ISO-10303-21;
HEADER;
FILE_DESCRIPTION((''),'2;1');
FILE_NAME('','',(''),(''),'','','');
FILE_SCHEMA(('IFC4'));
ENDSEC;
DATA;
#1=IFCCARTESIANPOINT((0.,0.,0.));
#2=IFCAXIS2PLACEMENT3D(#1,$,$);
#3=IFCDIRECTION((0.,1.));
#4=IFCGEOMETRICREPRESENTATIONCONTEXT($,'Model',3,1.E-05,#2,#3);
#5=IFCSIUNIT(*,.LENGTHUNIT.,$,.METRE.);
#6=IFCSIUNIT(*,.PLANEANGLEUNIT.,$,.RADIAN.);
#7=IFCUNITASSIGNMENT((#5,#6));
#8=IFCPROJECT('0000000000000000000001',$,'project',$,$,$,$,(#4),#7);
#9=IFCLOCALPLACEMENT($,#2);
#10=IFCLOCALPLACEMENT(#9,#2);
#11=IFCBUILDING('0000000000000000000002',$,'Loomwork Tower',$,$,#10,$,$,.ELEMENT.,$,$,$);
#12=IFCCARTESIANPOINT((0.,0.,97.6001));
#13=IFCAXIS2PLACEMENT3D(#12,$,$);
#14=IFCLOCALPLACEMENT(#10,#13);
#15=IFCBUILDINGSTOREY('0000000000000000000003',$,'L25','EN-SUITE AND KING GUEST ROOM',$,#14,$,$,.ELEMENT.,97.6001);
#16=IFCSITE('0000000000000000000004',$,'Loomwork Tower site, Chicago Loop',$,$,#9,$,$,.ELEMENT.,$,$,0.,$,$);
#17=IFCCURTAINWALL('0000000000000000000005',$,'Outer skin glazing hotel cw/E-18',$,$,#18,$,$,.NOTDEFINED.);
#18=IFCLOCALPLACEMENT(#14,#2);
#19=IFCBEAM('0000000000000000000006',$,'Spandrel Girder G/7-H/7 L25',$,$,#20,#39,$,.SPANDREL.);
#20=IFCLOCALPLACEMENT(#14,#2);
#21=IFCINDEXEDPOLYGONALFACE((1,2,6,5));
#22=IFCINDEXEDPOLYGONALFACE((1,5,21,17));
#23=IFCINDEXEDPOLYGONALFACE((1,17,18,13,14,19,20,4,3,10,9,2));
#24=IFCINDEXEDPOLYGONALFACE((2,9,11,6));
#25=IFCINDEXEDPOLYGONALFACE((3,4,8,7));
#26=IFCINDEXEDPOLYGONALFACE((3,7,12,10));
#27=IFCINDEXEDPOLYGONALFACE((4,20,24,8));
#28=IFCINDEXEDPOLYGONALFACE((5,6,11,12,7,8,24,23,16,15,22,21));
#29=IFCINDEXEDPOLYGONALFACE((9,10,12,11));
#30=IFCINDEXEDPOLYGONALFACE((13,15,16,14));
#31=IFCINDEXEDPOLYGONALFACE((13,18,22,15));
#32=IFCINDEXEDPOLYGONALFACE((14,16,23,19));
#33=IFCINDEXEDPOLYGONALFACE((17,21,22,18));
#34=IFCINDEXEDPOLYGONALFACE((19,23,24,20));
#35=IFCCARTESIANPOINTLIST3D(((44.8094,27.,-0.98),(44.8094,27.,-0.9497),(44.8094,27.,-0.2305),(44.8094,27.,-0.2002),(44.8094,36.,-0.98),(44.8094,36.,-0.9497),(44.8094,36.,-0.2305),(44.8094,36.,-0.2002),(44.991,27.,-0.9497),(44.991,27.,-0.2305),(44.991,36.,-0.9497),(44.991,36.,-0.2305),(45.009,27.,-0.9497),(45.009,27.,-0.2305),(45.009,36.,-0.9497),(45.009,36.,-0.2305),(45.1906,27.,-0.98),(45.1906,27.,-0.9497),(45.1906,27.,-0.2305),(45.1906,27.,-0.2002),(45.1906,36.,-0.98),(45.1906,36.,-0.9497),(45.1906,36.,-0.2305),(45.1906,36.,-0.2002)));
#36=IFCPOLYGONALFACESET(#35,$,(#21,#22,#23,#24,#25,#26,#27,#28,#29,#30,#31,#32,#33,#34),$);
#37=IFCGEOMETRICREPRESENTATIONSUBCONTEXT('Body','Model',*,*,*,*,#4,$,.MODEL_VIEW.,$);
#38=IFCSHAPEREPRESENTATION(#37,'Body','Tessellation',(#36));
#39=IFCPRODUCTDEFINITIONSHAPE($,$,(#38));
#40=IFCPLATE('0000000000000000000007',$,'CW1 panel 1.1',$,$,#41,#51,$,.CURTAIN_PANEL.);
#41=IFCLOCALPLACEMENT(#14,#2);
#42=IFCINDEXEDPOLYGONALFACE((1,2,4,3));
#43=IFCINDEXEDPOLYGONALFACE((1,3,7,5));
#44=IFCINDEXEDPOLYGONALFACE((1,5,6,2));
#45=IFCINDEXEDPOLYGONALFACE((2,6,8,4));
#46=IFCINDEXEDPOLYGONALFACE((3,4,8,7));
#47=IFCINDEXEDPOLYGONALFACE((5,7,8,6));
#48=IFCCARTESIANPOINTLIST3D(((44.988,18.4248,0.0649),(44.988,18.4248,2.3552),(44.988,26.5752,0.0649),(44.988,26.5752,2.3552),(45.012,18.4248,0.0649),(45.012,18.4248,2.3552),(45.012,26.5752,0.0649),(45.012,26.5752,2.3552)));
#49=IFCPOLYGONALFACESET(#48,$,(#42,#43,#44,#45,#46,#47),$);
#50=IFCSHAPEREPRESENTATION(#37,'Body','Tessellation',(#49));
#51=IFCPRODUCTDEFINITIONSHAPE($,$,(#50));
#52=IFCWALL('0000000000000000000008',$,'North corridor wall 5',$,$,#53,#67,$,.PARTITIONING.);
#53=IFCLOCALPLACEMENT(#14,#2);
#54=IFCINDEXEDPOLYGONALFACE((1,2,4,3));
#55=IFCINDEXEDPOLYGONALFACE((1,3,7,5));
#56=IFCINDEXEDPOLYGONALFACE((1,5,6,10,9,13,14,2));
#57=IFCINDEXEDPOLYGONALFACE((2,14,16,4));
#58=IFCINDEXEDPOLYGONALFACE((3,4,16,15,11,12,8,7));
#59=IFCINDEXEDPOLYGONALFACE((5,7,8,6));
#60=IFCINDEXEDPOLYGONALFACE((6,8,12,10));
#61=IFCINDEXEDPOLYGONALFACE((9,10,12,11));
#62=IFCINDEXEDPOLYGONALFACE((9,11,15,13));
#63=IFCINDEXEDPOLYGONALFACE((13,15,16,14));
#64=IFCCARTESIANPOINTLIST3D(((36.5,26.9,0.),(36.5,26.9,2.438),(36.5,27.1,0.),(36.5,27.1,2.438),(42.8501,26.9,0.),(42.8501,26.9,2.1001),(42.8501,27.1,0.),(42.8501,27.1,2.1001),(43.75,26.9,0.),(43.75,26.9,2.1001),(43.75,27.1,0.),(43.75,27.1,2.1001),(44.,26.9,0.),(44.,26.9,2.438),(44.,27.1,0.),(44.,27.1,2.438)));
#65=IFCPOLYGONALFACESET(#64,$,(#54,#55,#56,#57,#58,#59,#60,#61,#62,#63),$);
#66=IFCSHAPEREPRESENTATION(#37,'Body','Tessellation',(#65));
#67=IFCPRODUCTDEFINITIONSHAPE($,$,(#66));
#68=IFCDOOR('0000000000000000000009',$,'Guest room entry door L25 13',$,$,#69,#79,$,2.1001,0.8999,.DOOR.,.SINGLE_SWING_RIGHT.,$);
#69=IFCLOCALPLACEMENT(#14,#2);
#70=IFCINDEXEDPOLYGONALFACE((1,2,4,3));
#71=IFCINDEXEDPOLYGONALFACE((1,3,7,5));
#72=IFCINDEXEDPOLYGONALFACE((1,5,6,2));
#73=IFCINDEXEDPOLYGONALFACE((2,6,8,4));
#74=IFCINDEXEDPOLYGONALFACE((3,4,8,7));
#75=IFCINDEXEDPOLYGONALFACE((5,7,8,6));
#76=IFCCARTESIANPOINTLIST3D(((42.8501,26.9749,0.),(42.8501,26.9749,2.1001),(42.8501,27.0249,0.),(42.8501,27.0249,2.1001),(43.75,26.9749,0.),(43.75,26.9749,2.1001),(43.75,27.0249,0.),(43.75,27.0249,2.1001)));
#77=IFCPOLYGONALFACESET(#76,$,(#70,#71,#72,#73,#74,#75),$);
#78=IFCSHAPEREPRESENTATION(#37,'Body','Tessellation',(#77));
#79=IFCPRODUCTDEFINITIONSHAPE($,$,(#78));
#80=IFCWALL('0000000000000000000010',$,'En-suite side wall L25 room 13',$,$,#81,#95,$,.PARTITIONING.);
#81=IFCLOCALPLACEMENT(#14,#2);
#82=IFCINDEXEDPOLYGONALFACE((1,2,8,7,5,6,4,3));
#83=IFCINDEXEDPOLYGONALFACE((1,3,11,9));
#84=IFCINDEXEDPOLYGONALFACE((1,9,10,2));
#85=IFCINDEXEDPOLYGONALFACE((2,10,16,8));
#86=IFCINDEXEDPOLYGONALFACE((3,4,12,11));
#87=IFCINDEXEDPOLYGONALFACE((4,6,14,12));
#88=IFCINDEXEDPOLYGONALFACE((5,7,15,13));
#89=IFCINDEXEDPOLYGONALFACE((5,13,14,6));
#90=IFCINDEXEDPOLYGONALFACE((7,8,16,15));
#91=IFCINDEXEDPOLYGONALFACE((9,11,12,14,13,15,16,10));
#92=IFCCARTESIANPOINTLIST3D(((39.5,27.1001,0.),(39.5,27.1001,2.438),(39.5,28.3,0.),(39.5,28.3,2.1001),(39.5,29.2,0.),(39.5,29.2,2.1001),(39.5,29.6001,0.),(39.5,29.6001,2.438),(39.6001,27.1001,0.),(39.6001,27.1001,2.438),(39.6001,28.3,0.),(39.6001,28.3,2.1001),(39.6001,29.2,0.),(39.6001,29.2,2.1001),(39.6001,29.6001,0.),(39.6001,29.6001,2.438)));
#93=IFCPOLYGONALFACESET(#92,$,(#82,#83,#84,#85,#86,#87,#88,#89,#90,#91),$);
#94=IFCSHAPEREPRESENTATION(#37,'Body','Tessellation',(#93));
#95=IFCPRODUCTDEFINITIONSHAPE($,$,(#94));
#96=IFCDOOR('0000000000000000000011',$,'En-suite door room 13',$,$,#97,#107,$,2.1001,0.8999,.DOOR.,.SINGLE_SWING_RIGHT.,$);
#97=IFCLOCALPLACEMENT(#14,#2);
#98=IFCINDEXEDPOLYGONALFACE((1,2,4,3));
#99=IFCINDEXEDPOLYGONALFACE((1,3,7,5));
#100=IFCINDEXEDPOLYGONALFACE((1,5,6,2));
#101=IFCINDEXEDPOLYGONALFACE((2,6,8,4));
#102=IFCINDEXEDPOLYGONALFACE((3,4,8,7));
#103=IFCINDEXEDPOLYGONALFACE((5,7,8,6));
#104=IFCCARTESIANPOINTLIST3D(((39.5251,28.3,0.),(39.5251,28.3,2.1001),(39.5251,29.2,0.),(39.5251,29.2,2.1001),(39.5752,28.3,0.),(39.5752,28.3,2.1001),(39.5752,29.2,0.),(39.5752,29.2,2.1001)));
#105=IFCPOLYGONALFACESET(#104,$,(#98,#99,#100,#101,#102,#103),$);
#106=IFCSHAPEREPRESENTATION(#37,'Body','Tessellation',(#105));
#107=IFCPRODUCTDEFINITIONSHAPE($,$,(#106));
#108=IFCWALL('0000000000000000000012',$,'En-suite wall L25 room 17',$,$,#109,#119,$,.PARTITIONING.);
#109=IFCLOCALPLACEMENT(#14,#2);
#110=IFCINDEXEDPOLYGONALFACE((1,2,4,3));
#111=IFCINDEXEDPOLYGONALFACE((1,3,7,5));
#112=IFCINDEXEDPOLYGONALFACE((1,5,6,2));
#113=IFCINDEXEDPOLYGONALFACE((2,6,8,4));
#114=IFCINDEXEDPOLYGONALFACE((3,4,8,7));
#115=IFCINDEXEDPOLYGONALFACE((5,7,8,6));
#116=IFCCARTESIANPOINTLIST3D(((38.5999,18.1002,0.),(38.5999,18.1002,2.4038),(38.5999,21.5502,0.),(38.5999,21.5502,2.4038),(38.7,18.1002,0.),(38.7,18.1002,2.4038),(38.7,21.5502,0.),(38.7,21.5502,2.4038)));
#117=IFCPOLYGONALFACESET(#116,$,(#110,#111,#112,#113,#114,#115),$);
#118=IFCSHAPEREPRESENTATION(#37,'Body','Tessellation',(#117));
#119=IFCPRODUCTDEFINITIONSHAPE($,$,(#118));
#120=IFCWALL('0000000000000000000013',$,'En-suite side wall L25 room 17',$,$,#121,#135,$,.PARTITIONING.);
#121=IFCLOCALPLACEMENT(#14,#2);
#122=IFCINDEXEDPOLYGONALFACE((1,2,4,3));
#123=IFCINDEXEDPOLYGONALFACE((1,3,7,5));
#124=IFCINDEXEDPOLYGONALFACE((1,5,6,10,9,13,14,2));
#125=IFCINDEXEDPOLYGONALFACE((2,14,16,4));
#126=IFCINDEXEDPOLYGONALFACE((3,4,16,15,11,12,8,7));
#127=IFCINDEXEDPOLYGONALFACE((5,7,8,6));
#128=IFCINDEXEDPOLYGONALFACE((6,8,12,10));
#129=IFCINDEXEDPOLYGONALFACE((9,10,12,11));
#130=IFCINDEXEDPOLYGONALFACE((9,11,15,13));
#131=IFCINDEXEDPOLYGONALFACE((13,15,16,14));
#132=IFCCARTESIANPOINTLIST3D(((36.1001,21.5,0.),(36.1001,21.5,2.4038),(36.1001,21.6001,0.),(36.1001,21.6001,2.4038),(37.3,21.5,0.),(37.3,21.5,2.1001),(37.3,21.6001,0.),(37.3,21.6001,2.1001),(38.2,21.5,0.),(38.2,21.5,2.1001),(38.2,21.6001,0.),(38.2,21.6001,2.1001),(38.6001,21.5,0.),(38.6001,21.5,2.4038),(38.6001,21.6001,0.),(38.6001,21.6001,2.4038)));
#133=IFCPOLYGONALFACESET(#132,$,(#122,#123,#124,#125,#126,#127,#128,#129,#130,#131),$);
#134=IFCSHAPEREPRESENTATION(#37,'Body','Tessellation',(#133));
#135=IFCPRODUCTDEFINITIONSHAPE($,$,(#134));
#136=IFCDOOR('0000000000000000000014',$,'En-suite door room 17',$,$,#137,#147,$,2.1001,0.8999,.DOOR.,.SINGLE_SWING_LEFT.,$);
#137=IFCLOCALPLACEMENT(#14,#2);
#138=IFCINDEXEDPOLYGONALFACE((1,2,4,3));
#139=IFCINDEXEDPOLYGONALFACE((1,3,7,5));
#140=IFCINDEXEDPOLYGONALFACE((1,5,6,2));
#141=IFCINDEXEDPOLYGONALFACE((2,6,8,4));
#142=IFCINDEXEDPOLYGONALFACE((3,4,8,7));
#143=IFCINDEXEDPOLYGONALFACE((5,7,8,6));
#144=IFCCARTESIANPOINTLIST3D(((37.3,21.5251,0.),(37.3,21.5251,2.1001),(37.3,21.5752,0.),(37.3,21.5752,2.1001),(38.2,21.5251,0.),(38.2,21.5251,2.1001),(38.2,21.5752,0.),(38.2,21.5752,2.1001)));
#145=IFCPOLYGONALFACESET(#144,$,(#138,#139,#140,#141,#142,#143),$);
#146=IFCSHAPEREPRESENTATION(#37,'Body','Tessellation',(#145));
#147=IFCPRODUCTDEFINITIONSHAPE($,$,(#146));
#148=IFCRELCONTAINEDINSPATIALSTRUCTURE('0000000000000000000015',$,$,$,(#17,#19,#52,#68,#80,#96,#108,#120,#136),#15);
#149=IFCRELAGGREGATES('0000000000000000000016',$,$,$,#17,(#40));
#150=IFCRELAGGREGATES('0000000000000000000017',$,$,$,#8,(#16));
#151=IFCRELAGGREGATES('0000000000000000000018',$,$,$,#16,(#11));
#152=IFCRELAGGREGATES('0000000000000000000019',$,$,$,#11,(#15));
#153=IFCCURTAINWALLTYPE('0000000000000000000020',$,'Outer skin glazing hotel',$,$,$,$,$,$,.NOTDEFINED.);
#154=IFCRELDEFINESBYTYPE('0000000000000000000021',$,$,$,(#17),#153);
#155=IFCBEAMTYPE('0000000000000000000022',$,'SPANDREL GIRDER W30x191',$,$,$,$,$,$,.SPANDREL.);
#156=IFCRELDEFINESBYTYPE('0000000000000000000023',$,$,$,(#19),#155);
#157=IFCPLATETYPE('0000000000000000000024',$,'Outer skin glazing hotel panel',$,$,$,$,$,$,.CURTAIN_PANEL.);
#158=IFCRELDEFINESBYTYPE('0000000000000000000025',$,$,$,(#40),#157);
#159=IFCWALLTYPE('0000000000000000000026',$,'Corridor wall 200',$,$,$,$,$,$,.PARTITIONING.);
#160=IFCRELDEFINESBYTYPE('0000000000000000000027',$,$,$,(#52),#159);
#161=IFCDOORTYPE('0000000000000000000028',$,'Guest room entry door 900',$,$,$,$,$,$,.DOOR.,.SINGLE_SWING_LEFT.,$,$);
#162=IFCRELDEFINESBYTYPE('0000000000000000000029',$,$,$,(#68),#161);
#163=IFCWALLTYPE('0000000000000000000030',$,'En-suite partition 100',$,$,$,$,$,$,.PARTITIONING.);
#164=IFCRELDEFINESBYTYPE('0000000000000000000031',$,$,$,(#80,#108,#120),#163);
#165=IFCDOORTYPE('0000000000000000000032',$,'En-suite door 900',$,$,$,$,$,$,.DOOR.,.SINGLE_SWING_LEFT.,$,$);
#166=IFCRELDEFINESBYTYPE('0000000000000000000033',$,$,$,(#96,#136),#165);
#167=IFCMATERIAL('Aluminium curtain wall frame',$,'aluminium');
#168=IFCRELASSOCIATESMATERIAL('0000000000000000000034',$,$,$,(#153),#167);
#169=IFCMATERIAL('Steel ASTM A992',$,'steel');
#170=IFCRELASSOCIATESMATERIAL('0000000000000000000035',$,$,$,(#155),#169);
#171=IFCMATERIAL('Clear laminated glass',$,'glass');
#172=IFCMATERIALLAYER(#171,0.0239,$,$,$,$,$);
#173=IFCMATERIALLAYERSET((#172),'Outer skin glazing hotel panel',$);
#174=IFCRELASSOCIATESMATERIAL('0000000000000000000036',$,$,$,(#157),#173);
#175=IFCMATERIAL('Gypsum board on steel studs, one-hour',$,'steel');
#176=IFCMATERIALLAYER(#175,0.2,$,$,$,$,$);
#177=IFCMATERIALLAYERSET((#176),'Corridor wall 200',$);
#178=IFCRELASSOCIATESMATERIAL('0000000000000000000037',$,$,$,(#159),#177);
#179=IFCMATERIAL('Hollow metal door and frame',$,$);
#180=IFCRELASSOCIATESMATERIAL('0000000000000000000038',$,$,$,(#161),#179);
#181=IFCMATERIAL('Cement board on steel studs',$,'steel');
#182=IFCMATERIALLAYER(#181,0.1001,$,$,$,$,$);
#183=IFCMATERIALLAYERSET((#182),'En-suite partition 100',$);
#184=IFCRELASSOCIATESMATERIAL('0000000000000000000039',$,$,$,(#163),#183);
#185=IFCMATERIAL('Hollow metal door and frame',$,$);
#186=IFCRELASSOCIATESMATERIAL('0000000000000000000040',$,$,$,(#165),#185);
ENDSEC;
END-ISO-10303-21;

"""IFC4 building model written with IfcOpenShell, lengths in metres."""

from ifc_helpers import new_model, si_unit, direction, frame, frame_2d, origin, origin_2d, place, context, subcontext, project, spatial, rectangle, i_section, extrude, material, layer, layer_set, material_profile, profile_set, type_object, element, fill, aggregate, save


model = new_model("IFC4")

# Units and contexts
model_context = context("Model", 3, precision=1e-05, world=origin(), true_north=direction((0.0, 1.0)))
body_context = subcontext(model_context, "Body", "Model", "MODEL_VIEW")
ifc_project = project(units=[si_unit("LENGTHUNIT", "METRE"), si_unit("PLANEANGLEUNIT", "RADIAN")], contexts=[model_context])

# Site, building, storey
site_placement = place(None, origin())
site = spatial("IfcSite", under=ifc_project, at=site_placement, Name="Loomwork Tower site, Chicago Loop", CompositionType="ELEMENT", RefElevation=0.0)
building_placement = place(site_placement, origin())
building = spatial("IfcBuilding", under=site, at=building_placement, Name="Loomwork Tower", CompositionType="ELEMENT")
storey_placement = place(building_placement, frame((0.0, 0.0, 97.6001)))
storey = spatial("IfcBuildingStorey", under=building, at=storey_placement, Name="L25", Description="EN-SUITE AND KING GUEST ROOM", CompositionType="ELEMENT", Elevation=97.6001)

# Curtain wall
ifc_material_1 = material(Name="Aluminium curtain wall frame", Category="aluminium")
curtain_wall_type = type_object("IfcCurtainWallType", Name="Outer skin glazing hotel", PredefinedType="NOTDEFINED", material=ifc_material_1)
curtain_wall_1_placement = place(storey_placement, origin())
curtain_wall_1 = element("IfcCurtainWall", 1, at=curtain_wall_1_placement, inside=storey, type_object=curtain_wall_type, Name="Outer skin glazing hotel cw/E-18", PredefinedType="NOTDEFINED")

# Beam
ifc_material_2 = material(Name="Steel ASTM A992", Category="steel")
ifc_material_profile_1 = material_profile(ifc_material_2, i_section(OverallWidth=0.3811, OverallDepth=0.7798, WebThickness=0.0181, FlangeThickness=0.0303, at=origin_2d()), Name="W30x191")
ifc_profile_set_1 = profile_set([ifc_material_profile_1], Name="Steel ASTM A992")
beam_type_1 = type_object("IfcBeamType", Name="SPANDREL GIRDER W30x191", PredefinedType="SPANDREL", material=ifc_profile_set_1)
for number, where, z_axis, x_axis, name in (
    (2, (45.0, 27.0, -0.5901), (0.0, 1.0, 0.0), (-1.0, 0.0, 0.0), "Spandrel Girder G/7-H/7 L25"),
):
    element("IfcBeam", number, at=place(storey_placement, frame(where, z_axis=z_axis, x_axis=x_axis)), inside=storey, type_object=beam_type_1, Name=name, PredefinedType="SPANDREL", context=body_context, shape_type="SweptSolid", body=[
        extrude(i_section(OverallWidth=0.3811, OverallDepth=0.7798, WebThickness=0.0181, FlangeThickness=0.0303, at=origin_2d()), origin(), (0.0, 0.0, 1.0), 9.0),
    ])

# Plate
ifc_material_3 = material(Name="Clear laminated glass", Category="glass")
ifc_layer_1 = layer(ifc_material_3, 0.0239)
ifc_layer_set_1 = layer_set([ifc_layer_1], Name="Outer skin glazing hotel panel")
plate_type = type_object("IfcPlateType", Name="Outer skin glazing hotel panel", PredefinedType="CURTAIN_PANEL", material=ifc_layer_set_1)
plate_placement = place(storey_placement, frame((45.0, 22.5, 0.0649), z_axis=(0.0, 0.0, 1.0), x_axis=(0.0, 1.0, 0.0)))
plate = element("IfcPlate", 3, at=plate_placement, type_object=plate_type, Name="CW1 panel 1.1", PredefinedType="CURTAIN_PANEL", context=body_context, shape_type="SweptSolid", body=[
    extrude(rectangle(XDim=8.1504, YDim=0.0239, at=origin_2d()), origin(), (0.0, 0.0, 1.0), 2.2903),
])
aggregate(curtain_wall_1, [plate])

# Walls, openings, doors
ifc_material_4 = material(Name="Gypsum board on steel studs, one-hour", Category="steel")
ifc_layer_2 = layer(ifc_material_4, 0.2)
ifc_layer_set_2 = layer_set([ifc_layer_2], Name="Corridor wall 200")
wall_type_1 = type_object("IfcWallType", Name="Corridor wall 200", PredefinedType="PARTITIONING", material=ifc_layer_set_2)
wall_1_placement = place(storey_placement, frame((36.5, 27.0, 0.0), z_axis=(0.0, 0.0, 1.0), x_axis=(1.0, 0.0, 0.0)))
wall_1 = element("IfcWall", 4, at=wall_1_placement, inside=storey, type_object=wall_type_1, Name="North corridor wall 5", PredefinedType="PARTITIONING", context=body_context, shape_type="SweptSolid", body=[
    extrude(rectangle(XDim=7.5, YDim=0.2, at=frame_2d((3.75, 0.0))), origin(), (0.0, 0.0, 1.0), 2.438),
])
opening_1_placement = place(wall_1_placement, frame((6.3501, 0.0, 0.0)))
opening_1 = element("IfcOpeningElement", 5, at=opening_1_placement, cuts=wall_1, PredefinedType="OPENING", context=body_context, shape_type="SweptSolid", body=[
    extrude(rectangle(XDim=0.8999, YDim=2.1001, at=frame_2d((0.45, 1.05))), frame((0.0, 0.1099, 0.0), z_axis=(0.0, -1.0, 0.0), x_axis=(1.0, 0.0, 0.0)), (0.0, 0.0, 1.0), 0.22),
])
ifc_material_5 = material(Name="Hollow metal door and frame")
door_type_1 = type_object("IfcDoorType", Name="Guest room entry door 900", OperationType="SINGLE_SWING_LEFT", PredefinedType="DOOR", material=ifc_material_5)
door_1_placement = place(opening_1_placement, origin())
door_1 = element("IfcDoor", 6, at=door_1_placement, inside=storey, type_object=door_type_1, Name="Guest room entry door L25 13", OperationType="SINGLE_SWING_RIGHT", OverallHeight=2.1001, OverallWidth=0.8999, PredefinedType="DOOR", context=body_context, shape_type="SweptSolid", body=[
    extrude(rectangle(XDim=0.8999, YDim=2.1001, at=frame_2d((0.45, 1.05))), frame((0.0, 0.0249, 0.0), z_axis=(0.0, -1.0, 0.0), x_axis=(1.0, 0.0, 0.0)), (0.0, 0.0, 1.0), 0.05),
])
fill(opening_1, door_1)
ifc_material_6 = material(Name="Cement board on steel studs", Category="steel")
ifc_layer_3 = layer(ifc_material_6, 0.1001)
ifc_layer_set_3 = layer_set([ifc_layer_3], Name="En-suite partition 100")
wall_type_2 = type_object("IfcWallType", Name="En-suite partition 100", PredefinedType="PARTITIONING", material=ifc_layer_set_3)
wall_2_placement = place(storey_placement, frame((39.55, 27.1001, 0.0), z_axis=(0.0, 0.0, 1.0), x_axis=(0.0, 1.0, 0.0)))
wall_2 = element("IfcWall", 7, at=wall_2_placement, inside=storey, type_object=wall_type_2, Name="En-suite side wall L25 room 13", PredefinedType="PARTITIONING", context=body_context, shape_type="SweptSolid", body=[
    extrude(rectangle(XDim=2.5, YDim=0.1001, at=frame_2d((1.25, 0.0))), origin(), (0.0, 0.0, 1.0), 2.438),
])
opening_2_placement = place(wall_2_placement, frame((1.2, 0.0, 0.0)))
opening_2 = element("IfcOpeningElement", 8, at=opening_2_placement, cuts=wall_2, PredefinedType="OPENING", context=body_context, shape_type="SweptSolid", body=[
    extrude(rectangle(XDim=0.8999, YDim=2.1001, at=frame_2d((0.45, 1.05))), frame((0.0, 0.0601, 0.0), z_axis=(0.0, -1.0, 0.0), x_axis=(1.0, 0.0, 0.0)), (0.0, 0.0, 1.0), 0.1201),
])
ifc_material_7 = material(Name="Hollow metal door and frame")
door_type_2 = type_object("IfcDoorType", Name="En-suite door 900", OperationType="SINGLE_SWING_LEFT", PredefinedType="DOOR", material=ifc_material_7)
door_2_placement = place(opening_2_placement, origin())
door_2 = element("IfcDoor", 9, at=door_2_placement, inside=storey, type_object=door_type_2, Name="En-suite door room 13", OperationType="SINGLE_SWING_RIGHT", OverallHeight=2.1001, OverallWidth=0.8999, PredefinedType="DOOR", context=body_context, shape_type="SweptSolid", body=[
    extrude(rectangle(XDim=0.8999, YDim=2.1001, at=frame_2d((0.45, 1.05))), frame((0.0, 0.0249, 0.0), z_axis=(0.0, -1.0, 0.0), x_axis=(1.0, 0.0, 0.0)), (0.0, 0.0, 1.0), 0.05),
])
fill(opening_2, door_2)

# Wall
wall_3_placement = place(storey_placement, frame((38.6499, 18.1001, 0.0), z_axis=(0.0, 0.0, 1.0), x_axis=(0.0, 1.0, 0.0)))
element("IfcWall", 10, at=wall_3_placement, inside=storey, type_object=wall_type_2, Name="En-suite wall L25 room 17", PredefinedType="PARTITIONING", context=body_context, shape_type="SweptSolid", body=[
    extrude(rectangle(XDim=3.45, YDim=0.1001, at=frame_2d((1.7251, 0.0))), origin(), (0.0, 0.0, 1.0), 2.4038),
])

# Wall, opening, door
wall_4_placement = place(storey_placement, frame((36.1001, 21.55, 0.0), z_axis=(0.0, 0.0, 1.0), x_axis=(1.0, 0.0, 0.0)))
wall_4 = element("IfcWall", 11, at=wall_4_placement, inside=storey, type_object=wall_type_2, Name="En-suite side wall L25 room 17", PredefinedType="PARTITIONING", context=body_context, shape_type="SweptSolid", body=[
    extrude(rectangle(XDim=2.5, YDim=0.1001, at=frame_2d((1.25, 0.0))), origin(), (0.0, 0.0, 1.0), 2.4038),
])
opening_3_placement = place(wall_4_placement, frame((1.2, 0.0, 0.0)))
opening_3 = element("IfcOpeningElement", 12, at=opening_3_placement, cuts=wall_4, PredefinedType="OPENING", context=body_context, shape_type="SweptSolid", body=[
    extrude(rectangle(XDim=0.8999, YDim=2.1001, at=frame_2d((0.45, 1.05))), frame((0.0, 0.0601, 0.0), z_axis=(0.0, -1.0, 0.0), x_axis=(1.0, 0.0, 0.0)), (0.0, 0.0, 1.0), 0.1201),
])
door_3_placement = place(opening_3_placement, frame((0.8999, 0.0, 0.0), z_axis=(0.0, 0.0, 1.0), x_axis=(-1.0, 0.0, 0.0)))
door_3 = element("IfcDoor", 13, at=door_3_placement, inside=storey, type_object=door_type_2, Name="En-suite door room 17", OperationType="SINGLE_SWING_LEFT", OverallHeight=2.1001, OverallWidth=0.8999, PredefinedType="DOOR", context=body_context, shape_type="SweptSolid", body=[
    extrude(rectangle(XDim=0.8999, YDim=2.1001, at=frame_2d((0.45, 1.05))), frame((0.0, 0.0249, 0.0), z_axis=(0.0, -1.0, 0.0), x_axis=(1.0, 0.0, 0.0)), (0.0, 0.0, 1.0), 0.05),
])
fill(opening_3, door_3)

save(model, "model.ifc")
